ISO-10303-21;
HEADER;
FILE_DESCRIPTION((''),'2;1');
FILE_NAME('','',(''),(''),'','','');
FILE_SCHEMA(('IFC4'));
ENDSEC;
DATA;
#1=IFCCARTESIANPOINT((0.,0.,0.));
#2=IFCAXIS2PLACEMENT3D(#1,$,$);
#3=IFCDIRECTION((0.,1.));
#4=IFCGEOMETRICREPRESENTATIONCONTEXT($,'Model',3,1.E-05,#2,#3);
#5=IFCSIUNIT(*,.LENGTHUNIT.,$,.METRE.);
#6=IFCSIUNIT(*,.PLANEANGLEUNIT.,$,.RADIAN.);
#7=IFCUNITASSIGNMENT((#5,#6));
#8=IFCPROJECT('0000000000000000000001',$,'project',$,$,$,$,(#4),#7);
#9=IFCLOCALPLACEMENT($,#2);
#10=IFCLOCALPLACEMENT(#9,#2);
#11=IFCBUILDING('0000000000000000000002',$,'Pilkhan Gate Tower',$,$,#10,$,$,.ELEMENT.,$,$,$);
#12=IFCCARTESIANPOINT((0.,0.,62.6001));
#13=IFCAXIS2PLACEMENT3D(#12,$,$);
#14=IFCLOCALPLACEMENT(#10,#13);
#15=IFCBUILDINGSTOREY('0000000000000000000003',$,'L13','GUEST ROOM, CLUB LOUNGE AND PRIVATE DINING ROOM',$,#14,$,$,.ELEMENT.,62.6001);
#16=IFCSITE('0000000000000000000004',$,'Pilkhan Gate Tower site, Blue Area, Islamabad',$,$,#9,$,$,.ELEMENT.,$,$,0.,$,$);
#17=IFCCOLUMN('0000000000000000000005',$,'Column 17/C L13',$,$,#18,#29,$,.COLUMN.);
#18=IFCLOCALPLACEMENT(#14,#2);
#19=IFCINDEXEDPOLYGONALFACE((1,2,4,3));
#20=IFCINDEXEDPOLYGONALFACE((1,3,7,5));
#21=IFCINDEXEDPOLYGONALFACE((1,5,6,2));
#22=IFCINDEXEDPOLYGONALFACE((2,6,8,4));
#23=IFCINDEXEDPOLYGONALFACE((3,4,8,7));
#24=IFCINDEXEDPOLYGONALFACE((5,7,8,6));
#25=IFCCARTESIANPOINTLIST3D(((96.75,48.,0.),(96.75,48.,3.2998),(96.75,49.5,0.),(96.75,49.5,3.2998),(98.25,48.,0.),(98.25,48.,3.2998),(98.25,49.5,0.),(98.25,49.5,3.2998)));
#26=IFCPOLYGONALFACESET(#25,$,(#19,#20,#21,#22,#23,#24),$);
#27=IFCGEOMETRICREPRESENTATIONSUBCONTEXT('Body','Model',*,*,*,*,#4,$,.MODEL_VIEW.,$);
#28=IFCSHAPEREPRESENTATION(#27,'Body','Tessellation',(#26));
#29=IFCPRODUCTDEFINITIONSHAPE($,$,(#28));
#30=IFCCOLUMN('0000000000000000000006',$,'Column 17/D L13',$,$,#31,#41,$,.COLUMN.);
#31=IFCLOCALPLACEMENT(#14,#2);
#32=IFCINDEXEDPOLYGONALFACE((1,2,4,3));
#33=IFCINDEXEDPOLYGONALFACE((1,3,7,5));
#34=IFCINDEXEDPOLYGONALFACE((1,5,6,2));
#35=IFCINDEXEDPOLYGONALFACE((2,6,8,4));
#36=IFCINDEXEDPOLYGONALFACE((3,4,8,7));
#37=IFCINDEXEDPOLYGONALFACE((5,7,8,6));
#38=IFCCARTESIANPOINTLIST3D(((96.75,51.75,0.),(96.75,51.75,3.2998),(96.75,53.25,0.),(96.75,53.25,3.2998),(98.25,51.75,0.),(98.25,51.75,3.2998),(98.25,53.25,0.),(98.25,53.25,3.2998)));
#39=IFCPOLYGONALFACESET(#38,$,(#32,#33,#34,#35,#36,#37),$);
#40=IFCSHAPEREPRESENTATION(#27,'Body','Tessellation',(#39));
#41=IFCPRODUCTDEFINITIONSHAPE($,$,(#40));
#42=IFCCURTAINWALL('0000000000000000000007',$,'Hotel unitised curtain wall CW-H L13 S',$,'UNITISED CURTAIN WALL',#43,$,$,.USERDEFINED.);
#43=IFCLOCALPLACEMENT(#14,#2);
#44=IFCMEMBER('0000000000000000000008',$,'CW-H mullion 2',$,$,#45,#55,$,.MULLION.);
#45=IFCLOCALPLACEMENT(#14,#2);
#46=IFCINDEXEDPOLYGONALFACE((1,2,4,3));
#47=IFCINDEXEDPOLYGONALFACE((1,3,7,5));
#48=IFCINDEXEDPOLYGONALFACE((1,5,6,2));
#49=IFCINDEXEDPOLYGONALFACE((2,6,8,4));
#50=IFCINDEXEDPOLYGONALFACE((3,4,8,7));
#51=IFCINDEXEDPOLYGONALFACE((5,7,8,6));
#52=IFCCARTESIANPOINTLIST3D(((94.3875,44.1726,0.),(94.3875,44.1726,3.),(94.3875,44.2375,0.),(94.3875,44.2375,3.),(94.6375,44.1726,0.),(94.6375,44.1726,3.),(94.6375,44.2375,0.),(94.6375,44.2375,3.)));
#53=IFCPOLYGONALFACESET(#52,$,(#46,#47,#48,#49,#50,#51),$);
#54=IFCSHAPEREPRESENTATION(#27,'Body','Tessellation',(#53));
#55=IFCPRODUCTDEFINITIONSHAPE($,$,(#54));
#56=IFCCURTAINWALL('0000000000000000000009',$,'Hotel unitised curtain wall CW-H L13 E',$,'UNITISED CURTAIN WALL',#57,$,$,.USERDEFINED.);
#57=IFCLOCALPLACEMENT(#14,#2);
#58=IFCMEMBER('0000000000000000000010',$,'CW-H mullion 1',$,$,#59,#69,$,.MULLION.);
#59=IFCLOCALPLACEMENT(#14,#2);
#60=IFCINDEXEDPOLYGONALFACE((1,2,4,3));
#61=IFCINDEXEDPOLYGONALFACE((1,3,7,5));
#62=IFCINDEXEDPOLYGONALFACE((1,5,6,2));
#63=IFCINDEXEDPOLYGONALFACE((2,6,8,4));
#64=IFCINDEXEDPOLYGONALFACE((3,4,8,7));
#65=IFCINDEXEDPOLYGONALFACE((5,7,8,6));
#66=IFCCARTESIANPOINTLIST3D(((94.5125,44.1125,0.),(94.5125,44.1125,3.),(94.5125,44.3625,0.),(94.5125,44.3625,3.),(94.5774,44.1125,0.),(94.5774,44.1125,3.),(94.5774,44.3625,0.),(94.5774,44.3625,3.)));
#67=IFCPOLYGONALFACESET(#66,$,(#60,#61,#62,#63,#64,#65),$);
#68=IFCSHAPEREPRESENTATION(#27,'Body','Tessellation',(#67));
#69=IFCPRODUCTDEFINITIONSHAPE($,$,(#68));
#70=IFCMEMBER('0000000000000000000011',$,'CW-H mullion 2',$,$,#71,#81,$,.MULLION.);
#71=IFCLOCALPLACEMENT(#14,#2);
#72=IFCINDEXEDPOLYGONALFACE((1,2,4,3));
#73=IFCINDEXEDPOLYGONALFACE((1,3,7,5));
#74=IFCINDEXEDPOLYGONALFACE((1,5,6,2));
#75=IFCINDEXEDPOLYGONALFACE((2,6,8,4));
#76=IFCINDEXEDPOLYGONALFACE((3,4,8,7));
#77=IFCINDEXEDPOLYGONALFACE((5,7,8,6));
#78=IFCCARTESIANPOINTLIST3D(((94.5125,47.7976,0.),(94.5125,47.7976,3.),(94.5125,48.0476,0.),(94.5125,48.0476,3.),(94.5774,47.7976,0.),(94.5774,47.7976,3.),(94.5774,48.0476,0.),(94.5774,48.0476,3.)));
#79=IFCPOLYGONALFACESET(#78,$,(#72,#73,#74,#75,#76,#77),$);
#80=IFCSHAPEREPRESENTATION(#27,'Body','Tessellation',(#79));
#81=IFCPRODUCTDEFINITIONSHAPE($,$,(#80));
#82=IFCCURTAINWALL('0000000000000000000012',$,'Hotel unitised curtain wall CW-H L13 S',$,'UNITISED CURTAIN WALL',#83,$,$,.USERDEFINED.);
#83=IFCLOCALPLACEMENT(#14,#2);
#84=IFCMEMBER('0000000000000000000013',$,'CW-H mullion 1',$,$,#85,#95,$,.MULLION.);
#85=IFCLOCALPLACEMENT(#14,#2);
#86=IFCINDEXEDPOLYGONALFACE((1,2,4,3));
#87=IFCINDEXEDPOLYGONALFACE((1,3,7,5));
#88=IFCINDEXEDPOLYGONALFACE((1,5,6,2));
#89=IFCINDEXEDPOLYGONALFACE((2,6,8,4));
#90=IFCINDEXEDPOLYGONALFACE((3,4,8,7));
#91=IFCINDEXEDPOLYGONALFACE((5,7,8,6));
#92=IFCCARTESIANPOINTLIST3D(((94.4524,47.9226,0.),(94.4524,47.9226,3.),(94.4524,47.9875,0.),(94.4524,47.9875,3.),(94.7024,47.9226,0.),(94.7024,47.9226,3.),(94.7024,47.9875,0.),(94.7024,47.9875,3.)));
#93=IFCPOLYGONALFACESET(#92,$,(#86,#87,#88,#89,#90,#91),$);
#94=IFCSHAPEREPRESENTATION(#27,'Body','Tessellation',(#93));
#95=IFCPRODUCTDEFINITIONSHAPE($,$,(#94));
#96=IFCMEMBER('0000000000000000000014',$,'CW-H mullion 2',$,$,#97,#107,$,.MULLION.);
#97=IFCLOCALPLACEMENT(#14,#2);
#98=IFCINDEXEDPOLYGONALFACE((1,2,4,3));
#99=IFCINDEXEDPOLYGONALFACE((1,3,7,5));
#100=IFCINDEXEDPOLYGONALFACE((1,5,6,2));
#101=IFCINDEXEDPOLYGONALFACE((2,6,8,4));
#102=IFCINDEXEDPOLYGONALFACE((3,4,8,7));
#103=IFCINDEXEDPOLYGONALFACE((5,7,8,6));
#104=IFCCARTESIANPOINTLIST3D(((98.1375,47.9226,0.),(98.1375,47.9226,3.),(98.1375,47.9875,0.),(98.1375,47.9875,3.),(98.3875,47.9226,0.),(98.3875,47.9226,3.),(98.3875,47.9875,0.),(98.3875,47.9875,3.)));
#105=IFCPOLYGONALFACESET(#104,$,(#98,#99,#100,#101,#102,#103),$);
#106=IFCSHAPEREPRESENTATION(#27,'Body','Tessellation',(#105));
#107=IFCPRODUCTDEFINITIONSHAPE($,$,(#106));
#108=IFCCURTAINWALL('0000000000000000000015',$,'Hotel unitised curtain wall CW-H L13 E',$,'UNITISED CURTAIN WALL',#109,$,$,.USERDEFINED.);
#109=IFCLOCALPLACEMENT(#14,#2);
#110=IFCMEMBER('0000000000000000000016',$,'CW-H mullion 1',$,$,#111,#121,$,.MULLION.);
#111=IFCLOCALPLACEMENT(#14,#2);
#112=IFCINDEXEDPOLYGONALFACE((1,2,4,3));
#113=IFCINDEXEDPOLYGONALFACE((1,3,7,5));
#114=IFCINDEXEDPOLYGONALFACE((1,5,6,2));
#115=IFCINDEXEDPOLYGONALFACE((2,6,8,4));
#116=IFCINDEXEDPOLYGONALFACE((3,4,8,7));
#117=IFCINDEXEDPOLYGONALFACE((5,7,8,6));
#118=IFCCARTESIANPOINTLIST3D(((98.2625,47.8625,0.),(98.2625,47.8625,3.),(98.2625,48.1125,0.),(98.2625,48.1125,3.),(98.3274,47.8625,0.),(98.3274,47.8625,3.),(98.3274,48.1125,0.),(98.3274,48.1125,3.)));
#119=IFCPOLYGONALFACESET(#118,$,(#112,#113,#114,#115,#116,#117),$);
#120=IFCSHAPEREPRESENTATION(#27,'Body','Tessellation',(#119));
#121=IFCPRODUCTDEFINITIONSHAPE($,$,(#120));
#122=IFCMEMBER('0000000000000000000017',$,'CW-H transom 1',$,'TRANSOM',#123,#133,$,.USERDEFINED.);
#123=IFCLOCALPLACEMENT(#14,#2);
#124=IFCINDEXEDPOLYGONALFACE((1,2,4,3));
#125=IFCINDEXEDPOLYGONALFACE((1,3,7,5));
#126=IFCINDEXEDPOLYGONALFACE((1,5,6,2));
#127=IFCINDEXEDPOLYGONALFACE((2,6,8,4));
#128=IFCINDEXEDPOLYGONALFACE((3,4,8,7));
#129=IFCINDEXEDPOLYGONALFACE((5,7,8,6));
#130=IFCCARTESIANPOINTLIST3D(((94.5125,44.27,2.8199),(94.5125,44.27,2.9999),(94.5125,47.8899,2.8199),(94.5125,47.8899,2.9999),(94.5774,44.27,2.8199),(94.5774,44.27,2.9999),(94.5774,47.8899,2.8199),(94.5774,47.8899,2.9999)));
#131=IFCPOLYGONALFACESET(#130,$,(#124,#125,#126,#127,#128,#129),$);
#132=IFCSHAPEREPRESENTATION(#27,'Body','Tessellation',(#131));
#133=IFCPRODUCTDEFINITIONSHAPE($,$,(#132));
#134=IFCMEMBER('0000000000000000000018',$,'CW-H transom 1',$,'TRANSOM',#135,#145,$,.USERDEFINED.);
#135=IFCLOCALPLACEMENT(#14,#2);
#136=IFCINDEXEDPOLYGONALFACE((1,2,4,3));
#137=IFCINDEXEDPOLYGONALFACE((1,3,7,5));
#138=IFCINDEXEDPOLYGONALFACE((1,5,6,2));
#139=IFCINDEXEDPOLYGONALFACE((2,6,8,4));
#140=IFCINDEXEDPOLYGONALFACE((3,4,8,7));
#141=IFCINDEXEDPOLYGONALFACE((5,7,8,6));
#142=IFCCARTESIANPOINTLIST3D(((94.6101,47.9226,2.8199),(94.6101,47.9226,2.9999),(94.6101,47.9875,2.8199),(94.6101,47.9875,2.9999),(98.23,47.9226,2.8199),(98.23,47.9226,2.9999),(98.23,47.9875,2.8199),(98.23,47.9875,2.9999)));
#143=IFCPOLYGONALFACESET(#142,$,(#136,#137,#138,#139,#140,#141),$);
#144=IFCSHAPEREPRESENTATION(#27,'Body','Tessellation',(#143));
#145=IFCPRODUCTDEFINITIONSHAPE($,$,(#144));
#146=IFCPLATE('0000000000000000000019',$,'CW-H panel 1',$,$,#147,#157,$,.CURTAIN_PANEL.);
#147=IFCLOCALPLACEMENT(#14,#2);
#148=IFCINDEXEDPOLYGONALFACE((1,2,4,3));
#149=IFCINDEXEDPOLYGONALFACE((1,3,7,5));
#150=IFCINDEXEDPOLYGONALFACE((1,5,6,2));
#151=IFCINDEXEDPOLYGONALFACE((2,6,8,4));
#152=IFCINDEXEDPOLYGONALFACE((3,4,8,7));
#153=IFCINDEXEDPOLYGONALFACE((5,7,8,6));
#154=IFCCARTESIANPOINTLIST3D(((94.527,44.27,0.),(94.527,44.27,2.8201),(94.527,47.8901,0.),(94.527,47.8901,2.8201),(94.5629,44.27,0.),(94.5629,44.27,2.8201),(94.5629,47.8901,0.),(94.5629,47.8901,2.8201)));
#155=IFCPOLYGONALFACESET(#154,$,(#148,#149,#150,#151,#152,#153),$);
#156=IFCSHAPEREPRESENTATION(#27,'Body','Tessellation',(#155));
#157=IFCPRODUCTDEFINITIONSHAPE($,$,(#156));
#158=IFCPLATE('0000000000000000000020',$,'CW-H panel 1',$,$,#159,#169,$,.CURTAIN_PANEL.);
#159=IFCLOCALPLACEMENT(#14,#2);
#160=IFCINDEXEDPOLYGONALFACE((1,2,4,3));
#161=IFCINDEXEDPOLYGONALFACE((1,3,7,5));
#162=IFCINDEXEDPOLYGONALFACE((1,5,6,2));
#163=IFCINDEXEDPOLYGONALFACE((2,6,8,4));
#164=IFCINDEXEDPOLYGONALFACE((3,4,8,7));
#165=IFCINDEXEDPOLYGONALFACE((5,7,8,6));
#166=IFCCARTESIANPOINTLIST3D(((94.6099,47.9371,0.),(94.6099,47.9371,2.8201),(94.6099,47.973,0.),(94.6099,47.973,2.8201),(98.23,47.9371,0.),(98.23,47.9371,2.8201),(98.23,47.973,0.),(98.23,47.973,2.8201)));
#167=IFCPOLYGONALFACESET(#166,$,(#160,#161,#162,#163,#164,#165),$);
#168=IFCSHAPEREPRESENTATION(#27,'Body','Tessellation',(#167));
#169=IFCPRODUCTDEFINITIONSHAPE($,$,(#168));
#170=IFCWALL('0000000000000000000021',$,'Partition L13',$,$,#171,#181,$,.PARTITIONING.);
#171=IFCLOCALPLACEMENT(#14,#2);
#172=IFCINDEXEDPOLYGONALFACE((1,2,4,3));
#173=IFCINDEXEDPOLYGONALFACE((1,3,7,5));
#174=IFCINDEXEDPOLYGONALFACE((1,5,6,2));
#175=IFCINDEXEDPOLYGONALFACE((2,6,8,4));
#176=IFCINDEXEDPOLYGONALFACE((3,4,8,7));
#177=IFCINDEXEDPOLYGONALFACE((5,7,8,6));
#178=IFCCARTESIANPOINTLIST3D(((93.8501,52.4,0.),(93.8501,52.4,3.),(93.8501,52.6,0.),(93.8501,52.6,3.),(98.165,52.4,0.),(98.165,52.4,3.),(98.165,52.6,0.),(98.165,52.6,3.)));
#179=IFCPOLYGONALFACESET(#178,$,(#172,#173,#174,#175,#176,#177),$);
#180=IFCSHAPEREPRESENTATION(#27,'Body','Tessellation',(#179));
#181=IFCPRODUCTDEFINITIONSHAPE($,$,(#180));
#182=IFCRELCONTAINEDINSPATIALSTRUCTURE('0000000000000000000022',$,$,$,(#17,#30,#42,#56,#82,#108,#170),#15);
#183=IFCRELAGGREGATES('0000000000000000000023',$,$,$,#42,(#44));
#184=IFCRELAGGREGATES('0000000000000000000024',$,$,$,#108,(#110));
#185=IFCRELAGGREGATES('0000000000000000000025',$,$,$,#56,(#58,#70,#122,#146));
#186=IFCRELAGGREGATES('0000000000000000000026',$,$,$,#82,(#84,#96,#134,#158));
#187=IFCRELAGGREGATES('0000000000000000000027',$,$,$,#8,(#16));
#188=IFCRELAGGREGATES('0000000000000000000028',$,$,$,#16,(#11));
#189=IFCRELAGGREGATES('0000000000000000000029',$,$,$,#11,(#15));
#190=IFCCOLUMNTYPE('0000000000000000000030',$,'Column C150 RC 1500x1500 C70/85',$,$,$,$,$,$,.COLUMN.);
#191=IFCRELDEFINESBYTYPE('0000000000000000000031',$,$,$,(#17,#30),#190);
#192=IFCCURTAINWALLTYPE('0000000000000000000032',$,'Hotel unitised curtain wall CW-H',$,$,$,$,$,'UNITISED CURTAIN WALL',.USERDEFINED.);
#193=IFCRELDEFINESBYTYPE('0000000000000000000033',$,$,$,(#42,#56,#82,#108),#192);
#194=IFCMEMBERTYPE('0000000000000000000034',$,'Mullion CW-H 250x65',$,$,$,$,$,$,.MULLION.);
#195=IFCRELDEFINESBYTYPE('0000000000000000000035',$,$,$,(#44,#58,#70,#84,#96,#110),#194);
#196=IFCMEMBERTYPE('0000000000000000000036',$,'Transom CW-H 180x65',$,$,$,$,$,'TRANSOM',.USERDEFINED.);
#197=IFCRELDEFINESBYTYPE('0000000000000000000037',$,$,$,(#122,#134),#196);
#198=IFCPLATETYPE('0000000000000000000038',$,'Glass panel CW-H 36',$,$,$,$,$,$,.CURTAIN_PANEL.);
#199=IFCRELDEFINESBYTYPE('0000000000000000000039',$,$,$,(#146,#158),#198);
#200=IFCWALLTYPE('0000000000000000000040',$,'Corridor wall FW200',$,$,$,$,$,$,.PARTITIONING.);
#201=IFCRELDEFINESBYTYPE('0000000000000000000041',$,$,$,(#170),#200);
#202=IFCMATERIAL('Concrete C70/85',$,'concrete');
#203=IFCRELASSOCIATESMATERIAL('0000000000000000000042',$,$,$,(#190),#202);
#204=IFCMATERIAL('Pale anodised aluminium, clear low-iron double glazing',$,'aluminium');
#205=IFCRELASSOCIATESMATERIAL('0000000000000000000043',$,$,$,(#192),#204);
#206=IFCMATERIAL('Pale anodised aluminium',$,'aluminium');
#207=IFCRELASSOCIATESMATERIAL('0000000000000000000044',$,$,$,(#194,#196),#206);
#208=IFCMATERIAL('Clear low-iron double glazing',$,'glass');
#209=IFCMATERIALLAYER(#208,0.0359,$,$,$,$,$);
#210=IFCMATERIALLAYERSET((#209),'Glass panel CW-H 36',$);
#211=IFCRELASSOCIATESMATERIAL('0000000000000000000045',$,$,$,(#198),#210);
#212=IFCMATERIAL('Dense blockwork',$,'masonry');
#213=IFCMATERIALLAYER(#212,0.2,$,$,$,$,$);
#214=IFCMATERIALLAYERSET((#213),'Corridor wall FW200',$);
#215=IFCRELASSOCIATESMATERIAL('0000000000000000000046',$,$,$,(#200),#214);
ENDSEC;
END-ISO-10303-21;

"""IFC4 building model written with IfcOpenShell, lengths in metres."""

from ifc_helpers import new_model, si_unit, direction, frame, frame_2d, origin, origin_2d, place, context, subcontext, project, spatial, rectangle, extrude, material, layer, layer_set, material_profile, profile_set, type_object, element, aggregate, save


model = new_model("IFC4")

# Units and contexts
model_context = context("Model", 3, precision=1e-05, world=origin(), true_north=direction((0.0, 1.0)))
body_context = subcontext(model_context, "Body", "Model", "MODEL_VIEW")
ifc_project = project(units=[si_unit("LENGTHUNIT", "METRE"), si_unit("PLANEANGLEUNIT", "RADIAN")], contexts=[model_context])

# Site, building, storey
site_placement = place(None, origin())
site = spatial("IfcSite", under=ifc_project, at=site_placement, Name="Pilkhan Gate Tower site, Blue Area, Islamabad", CompositionType="ELEMENT", RefElevation=0.0)
building_placement = place(site_placement, origin())
building = spatial("IfcBuilding", under=site, at=building_placement, Name="Pilkhan Gate Tower", CompositionType="ELEMENT")
storey_placement = place(building_placement, frame((0.0, 0.0, 62.6001)))
storey = spatial("IfcBuildingStorey", under=building, at=storey_placement, Name="L13", Description="GUEST ROOM, CLUB LOUNGE AND PRIVATE DINING ROOM", CompositionType="ELEMENT", Elevation=62.6001)

# Columns
ifc_material_1 = material(Name="Concrete C70/85", Category="concrete")
ifc_material_profile_1 = material_profile(ifc_material_1, rectangle(XDim=1.5, YDim=1.5, at=origin_2d()), Name="RC 1500x1500")
ifc_profile_set_1 = profile_set([ifc_material_profile_1], Name="Concrete C70/85")
column_type = type_object("IfcColumnType", Name="Column C150 RC 1500x1500 C70/85", PredefinedType="COLUMN", material=ifc_profile_set_1)
for number, where, z_axis, x_axis, name in (
    (1, (97.5, 48.75, 0.0), (0.0, 0.0, 1.0), (1.0, 0.0, 0.0), "Column 17/C L13"),
    (2, (97.5, 52.5, 0.0), (0.0, 0.0, 1.0), (1.0, 0.0, 0.0), "Column 17/D L13"),
):
    element("IfcColumn", number, at=place(storey_placement, frame(where, z_axis=z_axis, x_axis=x_axis)), inside=storey, type_object=column_type, Name=name, PredefinedType="COLUMN", context=body_context, shape_type="SweptSolid", body=[
        extrude(rectangle(XDim=1.5, YDim=1.5, at=origin_2d()), origin(), (0.0, 0.0, 1.0), 3.2998),
    ])

# Curtain wall, member
ifc_material_2 = material(Name="Pale anodised aluminium, clear low-iron double glazing", Category="aluminium")
curtain_wall_type = type_object("IfcCurtainWallType", Name="Hotel unitised curtain wall CW-H", ElementType="UNITISED CURTAIN WALL", PredefinedType="USERDEFINED", material=ifc_material_2)
curtain_wall_1_placement = place(storey_placement, origin())
curtain_wall_1 = element("IfcCurtainWall", 3, at=curtain_wall_1_placement, inside=storey, type_object=curtain_wall_type, Name="Hotel unitised curtain wall CW-H L13 S", ObjectType="UNITISED CURTAIN WALL", PredefinedType="USERDEFINED")
ifc_material_3 = material(Name="Pale anodised aluminium", Category="aluminium")
ifc_material_profile_2 = material_profile(ifc_material_3, rectangle(XDim=0.0649, YDim=0.25, at=origin_2d()), Name="Mullion 250x65")
ifc_profile_set_2 = profile_set([ifc_material_profile_2], Name="Pale anodised aluminium")
member_type_1 = type_object("IfcMemberType", Name="Mullion CW-H 250x65", PredefinedType="MULLION", material=ifc_profile_set_2)
member_1_placement = place(storey_placement, frame((94.5125, 44.2051, 0.0), z_axis=(0.0, 0.0, 1.0), x_axis=(0.0, 1.0, 0.0)))
member_1 = element("IfcMember", 4, at=member_1_placement, type_object=member_type_1, Name="CW-H mullion 2", PredefinedType="MULLION", context=body_context, shape_type="SweptSolid", body=[
    extrude(rectangle(XDim=0.0649, YDim=0.25, at=origin_2d()), origin(), (0.0, 0.0, 1.0), 3.0),
])
aggregate(curtain_wall_1, [member_1])

# Curtain walls, members
curtain_wall_2_placement = place(storey_placement, origin())
curtain_wall_2 = element("IfcCurtainWall", 5, at=curtain_wall_2_placement, inside=storey, type_object=curtain_wall_type, Name="Hotel unitised curtain wall CW-H L13 E", ObjectType="UNITISED CURTAIN WALL", PredefinedType="USERDEFINED")
member_2_placement = place(storey_placement, frame((94.5449, 44.2375, 0.0), z_axis=(0.0, 0.0, 1.0), x_axis=(-1.0, 0.0, 0.0)))
member_2 = element("IfcMember", 6, at=member_2_placement, type_object=member_type_1, Name="CW-H mullion 1", PredefinedType="MULLION", context=body_context, shape_type="SweptSolid", body=[
    extrude(rectangle(XDim=0.0649, YDim=0.25, at=origin_2d()), origin(), (0.0, 0.0, 1.0), 3.0),
])
member_3_placement = place(storey_placement, frame((94.5449, 47.9226, 0.0), z_axis=(0.0, 0.0, 1.0), x_axis=(-1.0, 0.0, 0.0)))
member_3 = element("IfcMember", 7, at=member_3_placement, type_object=member_type_1, Name="CW-H mullion 2", PredefinedType="MULLION", context=body_context, shape_type="SweptSolid", body=[
    extrude(rectangle(XDim=0.0649, YDim=0.25, at=origin_2d()), origin(), (0.0, 0.0, 1.0), 3.0),
])
curtain_wall_3_placement = place(storey_placement, origin())
curtain_wall_3 = element("IfcCurtainWall", 8, at=curtain_wall_3_placement, inside=storey, type_object=curtain_wall_type, Name="Hotel unitised curtain wall CW-H L13 S", ObjectType="UNITISED CURTAIN WALL", PredefinedType="USERDEFINED")
member_4_placement = place(storey_placement, frame((94.5774, 47.9551, 0.0), z_axis=(0.0, 0.0, 1.0), x_axis=(0.0, 1.0, 0.0)))
member_4 = element("IfcMember", 9, at=member_4_placement, type_object=member_type_1, Name="CW-H mullion 1", PredefinedType="MULLION", context=body_context, shape_type="SweptSolid", body=[
    extrude(rectangle(XDim=0.0649, YDim=0.25, at=origin_2d()), origin(), (0.0, 0.0, 1.0), 3.0),
])
member_5_placement = place(storey_placement, frame((98.2625, 47.9551, 0.0), z_axis=(0.0, 0.0, 1.0), x_axis=(0.0, 1.0, 0.0)))
member_5 = element("IfcMember", 10, at=member_5_placement, type_object=member_type_1, Name="CW-H mullion 2", PredefinedType="MULLION", context=body_context, shape_type="SweptSolid", body=[
    extrude(rectangle(XDim=0.0649, YDim=0.25, at=origin_2d()), origin(), (0.0, 0.0, 1.0), 3.0),
])

# Curtain wall, member
curtain_wall_4_placement = place(storey_placement, origin())
curtain_wall_4 = element("IfcCurtainWall", 11, at=curtain_wall_4_placement, inside=storey, type_object=curtain_wall_type, Name="Hotel unitised curtain wall CW-H L13 E", ObjectType="UNITISED CURTAIN WALL", PredefinedType="USERDEFINED")
member_6_placement = place(storey_placement, frame((98.2949, 47.9875, 0.0), z_axis=(0.0, 0.0, 1.0), x_axis=(-1.0, 0.0, 0.0)))
member_6 = element("IfcMember", 12, at=member_6_placement, type_object=member_type_1, Name="CW-H mullion 1", PredefinedType="MULLION", context=body_context, shape_type="SweptSolid", body=[
    extrude(rectangle(XDim=0.0649, YDim=0.25, at=origin_2d()), origin(), (0.0, 0.0, 1.0), 3.0),
])
aggregate(curtain_wall_4, [member_6])

# Members
ifc_material_profile_3 = material_profile(ifc_material_3, rectangle(XDim=0.0649, YDim=0.1799, at=origin_2d()), Name="Transom 180x65")
ifc_profile_set_3 = profile_set([ifc_material_profile_3], Name="Pale anodised aluminium")
member_type_2 = type_object("IfcMemberType", Name="Transom CW-H 180x65", ElementType="TRANSOM", PredefinedType="USERDEFINED", material=ifc_profile_set_3)
member_7_placement = place(storey_placement, frame((94.5449, 44.27, 2.9099), z_axis=(0.0, 1.0, 0.0), x_axis=(-1.0, 0.0, 0.0)))
member_7 = element("IfcMember", 13, at=member_7_placement, type_object=member_type_2, Name="CW-H transom 1", ObjectType="TRANSOM", PredefinedType="USERDEFINED", context=body_context, shape_type="SweptSolid", body=[
    extrude(rectangle(XDim=0.0649, YDim=0.1799, at=origin_2d()), origin(), (0.0, 0.0, 1.0), 3.6199),
])
member_8_placement = place(storey_placement, frame((94.6101, 47.9551, 2.9099), z_axis=(1.0, 0.0, 0.0), x_axis=(0.0, 1.0, 0.0)))
member_8 = element("IfcMember", 14, at=member_8_placement, type_object=member_type_2, Name="CW-H transom 1", ObjectType="TRANSOM", PredefinedType="USERDEFINED", context=body_context, shape_type="SweptSolid", body=[
    extrude(rectangle(XDim=0.0649, YDim=0.1799, at=origin_2d()), origin(), (0.0, 0.0, 1.0), 3.6199),
])

# Plates
ifc_material_4 = material(Name="Clear low-iron double glazing", Category="glass")
ifc_layer_1 = layer(ifc_material_4, 0.0359)
ifc_layer_set_1 = layer_set([ifc_layer_1], Name="Glass panel CW-H 36")
plate_type = type_object("IfcPlateType", Name="Glass panel CW-H 36", PredefinedType="CURTAIN_PANEL", material=ifc_layer_set_1)
plate_1_placement = place(storey_placement, frame((94.5449, 46.0801, 0.0), z_axis=(0.0, 0.0, 1.0), x_axis=(0.0, 1.0, 0.0)))
plate_1 = element("IfcPlate", 15, at=plate_1_placement, type_object=plate_type, Name="CW-H panel 1", PredefinedType="CURTAIN_PANEL", context=body_context, shape_type="SweptSolid", body=[
    extrude(rectangle(XDim=3.6201, YDim=0.0359, at=origin_2d()), origin(), (0.0, 0.0, 1.0), 2.8201),
])
aggregate(curtain_wall_2, [member_2, member_3, member_7, plate_1])
plate_2_placement = place(storey_placement, frame((96.4199, 47.9551, 0.0), z_axis=(0.0, 0.0, 1.0), x_axis=(1.0, 0.0, 0.0)))
plate_2 = element("IfcPlate", 16, at=plate_2_placement, type_object=plate_type, Name="CW-H panel 1", PredefinedType="CURTAIN_PANEL", context=body_context, shape_type="SweptSolid", body=[
    extrude(rectangle(XDim=3.6201, YDim=0.0359, at=origin_2d()), origin(), (0.0, 0.0, 1.0), 2.8201),
])
aggregate(curtain_wall_3, [member_4, member_5, member_8, plate_2])

# Wall
ifc_material_5 = material(Name="Dense blockwork", Category="masonry")
ifc_layer_2 = layer(ifc_material_5, 0.2)
ifc_layer_set_2 = layer_set([ifc_layer_2], Name="Corridor wall FW200")
wall_type_1 = type_object("IfcWallType", Name="Corridor wall FW200", PredefinedType="PARTITIONING", material=ifc_layer_set_2)
wall_1_placement = place(storey_placement, frame((93.8501, 52.5, 0.0), z_axis=(0.0, 0.0, 1.0), x_axis=(1.0, 0.0, 0.0)))
element("IfcWall", 17, at=wall_1_placement, inside=storey, type_object=wall_type_1, Name="Partition L13", PredefinedType="PARTITIONING", context=body_context, shape_type="SweptSolid", body=[
    extrude(rectangle(XDim=4.3149, YDim=0.2, at=frame_2d((2.1575, 0.0))), origin(), (0.0, 0.0, 1.0), 3.0),
])

save(model, "model.ifc")
